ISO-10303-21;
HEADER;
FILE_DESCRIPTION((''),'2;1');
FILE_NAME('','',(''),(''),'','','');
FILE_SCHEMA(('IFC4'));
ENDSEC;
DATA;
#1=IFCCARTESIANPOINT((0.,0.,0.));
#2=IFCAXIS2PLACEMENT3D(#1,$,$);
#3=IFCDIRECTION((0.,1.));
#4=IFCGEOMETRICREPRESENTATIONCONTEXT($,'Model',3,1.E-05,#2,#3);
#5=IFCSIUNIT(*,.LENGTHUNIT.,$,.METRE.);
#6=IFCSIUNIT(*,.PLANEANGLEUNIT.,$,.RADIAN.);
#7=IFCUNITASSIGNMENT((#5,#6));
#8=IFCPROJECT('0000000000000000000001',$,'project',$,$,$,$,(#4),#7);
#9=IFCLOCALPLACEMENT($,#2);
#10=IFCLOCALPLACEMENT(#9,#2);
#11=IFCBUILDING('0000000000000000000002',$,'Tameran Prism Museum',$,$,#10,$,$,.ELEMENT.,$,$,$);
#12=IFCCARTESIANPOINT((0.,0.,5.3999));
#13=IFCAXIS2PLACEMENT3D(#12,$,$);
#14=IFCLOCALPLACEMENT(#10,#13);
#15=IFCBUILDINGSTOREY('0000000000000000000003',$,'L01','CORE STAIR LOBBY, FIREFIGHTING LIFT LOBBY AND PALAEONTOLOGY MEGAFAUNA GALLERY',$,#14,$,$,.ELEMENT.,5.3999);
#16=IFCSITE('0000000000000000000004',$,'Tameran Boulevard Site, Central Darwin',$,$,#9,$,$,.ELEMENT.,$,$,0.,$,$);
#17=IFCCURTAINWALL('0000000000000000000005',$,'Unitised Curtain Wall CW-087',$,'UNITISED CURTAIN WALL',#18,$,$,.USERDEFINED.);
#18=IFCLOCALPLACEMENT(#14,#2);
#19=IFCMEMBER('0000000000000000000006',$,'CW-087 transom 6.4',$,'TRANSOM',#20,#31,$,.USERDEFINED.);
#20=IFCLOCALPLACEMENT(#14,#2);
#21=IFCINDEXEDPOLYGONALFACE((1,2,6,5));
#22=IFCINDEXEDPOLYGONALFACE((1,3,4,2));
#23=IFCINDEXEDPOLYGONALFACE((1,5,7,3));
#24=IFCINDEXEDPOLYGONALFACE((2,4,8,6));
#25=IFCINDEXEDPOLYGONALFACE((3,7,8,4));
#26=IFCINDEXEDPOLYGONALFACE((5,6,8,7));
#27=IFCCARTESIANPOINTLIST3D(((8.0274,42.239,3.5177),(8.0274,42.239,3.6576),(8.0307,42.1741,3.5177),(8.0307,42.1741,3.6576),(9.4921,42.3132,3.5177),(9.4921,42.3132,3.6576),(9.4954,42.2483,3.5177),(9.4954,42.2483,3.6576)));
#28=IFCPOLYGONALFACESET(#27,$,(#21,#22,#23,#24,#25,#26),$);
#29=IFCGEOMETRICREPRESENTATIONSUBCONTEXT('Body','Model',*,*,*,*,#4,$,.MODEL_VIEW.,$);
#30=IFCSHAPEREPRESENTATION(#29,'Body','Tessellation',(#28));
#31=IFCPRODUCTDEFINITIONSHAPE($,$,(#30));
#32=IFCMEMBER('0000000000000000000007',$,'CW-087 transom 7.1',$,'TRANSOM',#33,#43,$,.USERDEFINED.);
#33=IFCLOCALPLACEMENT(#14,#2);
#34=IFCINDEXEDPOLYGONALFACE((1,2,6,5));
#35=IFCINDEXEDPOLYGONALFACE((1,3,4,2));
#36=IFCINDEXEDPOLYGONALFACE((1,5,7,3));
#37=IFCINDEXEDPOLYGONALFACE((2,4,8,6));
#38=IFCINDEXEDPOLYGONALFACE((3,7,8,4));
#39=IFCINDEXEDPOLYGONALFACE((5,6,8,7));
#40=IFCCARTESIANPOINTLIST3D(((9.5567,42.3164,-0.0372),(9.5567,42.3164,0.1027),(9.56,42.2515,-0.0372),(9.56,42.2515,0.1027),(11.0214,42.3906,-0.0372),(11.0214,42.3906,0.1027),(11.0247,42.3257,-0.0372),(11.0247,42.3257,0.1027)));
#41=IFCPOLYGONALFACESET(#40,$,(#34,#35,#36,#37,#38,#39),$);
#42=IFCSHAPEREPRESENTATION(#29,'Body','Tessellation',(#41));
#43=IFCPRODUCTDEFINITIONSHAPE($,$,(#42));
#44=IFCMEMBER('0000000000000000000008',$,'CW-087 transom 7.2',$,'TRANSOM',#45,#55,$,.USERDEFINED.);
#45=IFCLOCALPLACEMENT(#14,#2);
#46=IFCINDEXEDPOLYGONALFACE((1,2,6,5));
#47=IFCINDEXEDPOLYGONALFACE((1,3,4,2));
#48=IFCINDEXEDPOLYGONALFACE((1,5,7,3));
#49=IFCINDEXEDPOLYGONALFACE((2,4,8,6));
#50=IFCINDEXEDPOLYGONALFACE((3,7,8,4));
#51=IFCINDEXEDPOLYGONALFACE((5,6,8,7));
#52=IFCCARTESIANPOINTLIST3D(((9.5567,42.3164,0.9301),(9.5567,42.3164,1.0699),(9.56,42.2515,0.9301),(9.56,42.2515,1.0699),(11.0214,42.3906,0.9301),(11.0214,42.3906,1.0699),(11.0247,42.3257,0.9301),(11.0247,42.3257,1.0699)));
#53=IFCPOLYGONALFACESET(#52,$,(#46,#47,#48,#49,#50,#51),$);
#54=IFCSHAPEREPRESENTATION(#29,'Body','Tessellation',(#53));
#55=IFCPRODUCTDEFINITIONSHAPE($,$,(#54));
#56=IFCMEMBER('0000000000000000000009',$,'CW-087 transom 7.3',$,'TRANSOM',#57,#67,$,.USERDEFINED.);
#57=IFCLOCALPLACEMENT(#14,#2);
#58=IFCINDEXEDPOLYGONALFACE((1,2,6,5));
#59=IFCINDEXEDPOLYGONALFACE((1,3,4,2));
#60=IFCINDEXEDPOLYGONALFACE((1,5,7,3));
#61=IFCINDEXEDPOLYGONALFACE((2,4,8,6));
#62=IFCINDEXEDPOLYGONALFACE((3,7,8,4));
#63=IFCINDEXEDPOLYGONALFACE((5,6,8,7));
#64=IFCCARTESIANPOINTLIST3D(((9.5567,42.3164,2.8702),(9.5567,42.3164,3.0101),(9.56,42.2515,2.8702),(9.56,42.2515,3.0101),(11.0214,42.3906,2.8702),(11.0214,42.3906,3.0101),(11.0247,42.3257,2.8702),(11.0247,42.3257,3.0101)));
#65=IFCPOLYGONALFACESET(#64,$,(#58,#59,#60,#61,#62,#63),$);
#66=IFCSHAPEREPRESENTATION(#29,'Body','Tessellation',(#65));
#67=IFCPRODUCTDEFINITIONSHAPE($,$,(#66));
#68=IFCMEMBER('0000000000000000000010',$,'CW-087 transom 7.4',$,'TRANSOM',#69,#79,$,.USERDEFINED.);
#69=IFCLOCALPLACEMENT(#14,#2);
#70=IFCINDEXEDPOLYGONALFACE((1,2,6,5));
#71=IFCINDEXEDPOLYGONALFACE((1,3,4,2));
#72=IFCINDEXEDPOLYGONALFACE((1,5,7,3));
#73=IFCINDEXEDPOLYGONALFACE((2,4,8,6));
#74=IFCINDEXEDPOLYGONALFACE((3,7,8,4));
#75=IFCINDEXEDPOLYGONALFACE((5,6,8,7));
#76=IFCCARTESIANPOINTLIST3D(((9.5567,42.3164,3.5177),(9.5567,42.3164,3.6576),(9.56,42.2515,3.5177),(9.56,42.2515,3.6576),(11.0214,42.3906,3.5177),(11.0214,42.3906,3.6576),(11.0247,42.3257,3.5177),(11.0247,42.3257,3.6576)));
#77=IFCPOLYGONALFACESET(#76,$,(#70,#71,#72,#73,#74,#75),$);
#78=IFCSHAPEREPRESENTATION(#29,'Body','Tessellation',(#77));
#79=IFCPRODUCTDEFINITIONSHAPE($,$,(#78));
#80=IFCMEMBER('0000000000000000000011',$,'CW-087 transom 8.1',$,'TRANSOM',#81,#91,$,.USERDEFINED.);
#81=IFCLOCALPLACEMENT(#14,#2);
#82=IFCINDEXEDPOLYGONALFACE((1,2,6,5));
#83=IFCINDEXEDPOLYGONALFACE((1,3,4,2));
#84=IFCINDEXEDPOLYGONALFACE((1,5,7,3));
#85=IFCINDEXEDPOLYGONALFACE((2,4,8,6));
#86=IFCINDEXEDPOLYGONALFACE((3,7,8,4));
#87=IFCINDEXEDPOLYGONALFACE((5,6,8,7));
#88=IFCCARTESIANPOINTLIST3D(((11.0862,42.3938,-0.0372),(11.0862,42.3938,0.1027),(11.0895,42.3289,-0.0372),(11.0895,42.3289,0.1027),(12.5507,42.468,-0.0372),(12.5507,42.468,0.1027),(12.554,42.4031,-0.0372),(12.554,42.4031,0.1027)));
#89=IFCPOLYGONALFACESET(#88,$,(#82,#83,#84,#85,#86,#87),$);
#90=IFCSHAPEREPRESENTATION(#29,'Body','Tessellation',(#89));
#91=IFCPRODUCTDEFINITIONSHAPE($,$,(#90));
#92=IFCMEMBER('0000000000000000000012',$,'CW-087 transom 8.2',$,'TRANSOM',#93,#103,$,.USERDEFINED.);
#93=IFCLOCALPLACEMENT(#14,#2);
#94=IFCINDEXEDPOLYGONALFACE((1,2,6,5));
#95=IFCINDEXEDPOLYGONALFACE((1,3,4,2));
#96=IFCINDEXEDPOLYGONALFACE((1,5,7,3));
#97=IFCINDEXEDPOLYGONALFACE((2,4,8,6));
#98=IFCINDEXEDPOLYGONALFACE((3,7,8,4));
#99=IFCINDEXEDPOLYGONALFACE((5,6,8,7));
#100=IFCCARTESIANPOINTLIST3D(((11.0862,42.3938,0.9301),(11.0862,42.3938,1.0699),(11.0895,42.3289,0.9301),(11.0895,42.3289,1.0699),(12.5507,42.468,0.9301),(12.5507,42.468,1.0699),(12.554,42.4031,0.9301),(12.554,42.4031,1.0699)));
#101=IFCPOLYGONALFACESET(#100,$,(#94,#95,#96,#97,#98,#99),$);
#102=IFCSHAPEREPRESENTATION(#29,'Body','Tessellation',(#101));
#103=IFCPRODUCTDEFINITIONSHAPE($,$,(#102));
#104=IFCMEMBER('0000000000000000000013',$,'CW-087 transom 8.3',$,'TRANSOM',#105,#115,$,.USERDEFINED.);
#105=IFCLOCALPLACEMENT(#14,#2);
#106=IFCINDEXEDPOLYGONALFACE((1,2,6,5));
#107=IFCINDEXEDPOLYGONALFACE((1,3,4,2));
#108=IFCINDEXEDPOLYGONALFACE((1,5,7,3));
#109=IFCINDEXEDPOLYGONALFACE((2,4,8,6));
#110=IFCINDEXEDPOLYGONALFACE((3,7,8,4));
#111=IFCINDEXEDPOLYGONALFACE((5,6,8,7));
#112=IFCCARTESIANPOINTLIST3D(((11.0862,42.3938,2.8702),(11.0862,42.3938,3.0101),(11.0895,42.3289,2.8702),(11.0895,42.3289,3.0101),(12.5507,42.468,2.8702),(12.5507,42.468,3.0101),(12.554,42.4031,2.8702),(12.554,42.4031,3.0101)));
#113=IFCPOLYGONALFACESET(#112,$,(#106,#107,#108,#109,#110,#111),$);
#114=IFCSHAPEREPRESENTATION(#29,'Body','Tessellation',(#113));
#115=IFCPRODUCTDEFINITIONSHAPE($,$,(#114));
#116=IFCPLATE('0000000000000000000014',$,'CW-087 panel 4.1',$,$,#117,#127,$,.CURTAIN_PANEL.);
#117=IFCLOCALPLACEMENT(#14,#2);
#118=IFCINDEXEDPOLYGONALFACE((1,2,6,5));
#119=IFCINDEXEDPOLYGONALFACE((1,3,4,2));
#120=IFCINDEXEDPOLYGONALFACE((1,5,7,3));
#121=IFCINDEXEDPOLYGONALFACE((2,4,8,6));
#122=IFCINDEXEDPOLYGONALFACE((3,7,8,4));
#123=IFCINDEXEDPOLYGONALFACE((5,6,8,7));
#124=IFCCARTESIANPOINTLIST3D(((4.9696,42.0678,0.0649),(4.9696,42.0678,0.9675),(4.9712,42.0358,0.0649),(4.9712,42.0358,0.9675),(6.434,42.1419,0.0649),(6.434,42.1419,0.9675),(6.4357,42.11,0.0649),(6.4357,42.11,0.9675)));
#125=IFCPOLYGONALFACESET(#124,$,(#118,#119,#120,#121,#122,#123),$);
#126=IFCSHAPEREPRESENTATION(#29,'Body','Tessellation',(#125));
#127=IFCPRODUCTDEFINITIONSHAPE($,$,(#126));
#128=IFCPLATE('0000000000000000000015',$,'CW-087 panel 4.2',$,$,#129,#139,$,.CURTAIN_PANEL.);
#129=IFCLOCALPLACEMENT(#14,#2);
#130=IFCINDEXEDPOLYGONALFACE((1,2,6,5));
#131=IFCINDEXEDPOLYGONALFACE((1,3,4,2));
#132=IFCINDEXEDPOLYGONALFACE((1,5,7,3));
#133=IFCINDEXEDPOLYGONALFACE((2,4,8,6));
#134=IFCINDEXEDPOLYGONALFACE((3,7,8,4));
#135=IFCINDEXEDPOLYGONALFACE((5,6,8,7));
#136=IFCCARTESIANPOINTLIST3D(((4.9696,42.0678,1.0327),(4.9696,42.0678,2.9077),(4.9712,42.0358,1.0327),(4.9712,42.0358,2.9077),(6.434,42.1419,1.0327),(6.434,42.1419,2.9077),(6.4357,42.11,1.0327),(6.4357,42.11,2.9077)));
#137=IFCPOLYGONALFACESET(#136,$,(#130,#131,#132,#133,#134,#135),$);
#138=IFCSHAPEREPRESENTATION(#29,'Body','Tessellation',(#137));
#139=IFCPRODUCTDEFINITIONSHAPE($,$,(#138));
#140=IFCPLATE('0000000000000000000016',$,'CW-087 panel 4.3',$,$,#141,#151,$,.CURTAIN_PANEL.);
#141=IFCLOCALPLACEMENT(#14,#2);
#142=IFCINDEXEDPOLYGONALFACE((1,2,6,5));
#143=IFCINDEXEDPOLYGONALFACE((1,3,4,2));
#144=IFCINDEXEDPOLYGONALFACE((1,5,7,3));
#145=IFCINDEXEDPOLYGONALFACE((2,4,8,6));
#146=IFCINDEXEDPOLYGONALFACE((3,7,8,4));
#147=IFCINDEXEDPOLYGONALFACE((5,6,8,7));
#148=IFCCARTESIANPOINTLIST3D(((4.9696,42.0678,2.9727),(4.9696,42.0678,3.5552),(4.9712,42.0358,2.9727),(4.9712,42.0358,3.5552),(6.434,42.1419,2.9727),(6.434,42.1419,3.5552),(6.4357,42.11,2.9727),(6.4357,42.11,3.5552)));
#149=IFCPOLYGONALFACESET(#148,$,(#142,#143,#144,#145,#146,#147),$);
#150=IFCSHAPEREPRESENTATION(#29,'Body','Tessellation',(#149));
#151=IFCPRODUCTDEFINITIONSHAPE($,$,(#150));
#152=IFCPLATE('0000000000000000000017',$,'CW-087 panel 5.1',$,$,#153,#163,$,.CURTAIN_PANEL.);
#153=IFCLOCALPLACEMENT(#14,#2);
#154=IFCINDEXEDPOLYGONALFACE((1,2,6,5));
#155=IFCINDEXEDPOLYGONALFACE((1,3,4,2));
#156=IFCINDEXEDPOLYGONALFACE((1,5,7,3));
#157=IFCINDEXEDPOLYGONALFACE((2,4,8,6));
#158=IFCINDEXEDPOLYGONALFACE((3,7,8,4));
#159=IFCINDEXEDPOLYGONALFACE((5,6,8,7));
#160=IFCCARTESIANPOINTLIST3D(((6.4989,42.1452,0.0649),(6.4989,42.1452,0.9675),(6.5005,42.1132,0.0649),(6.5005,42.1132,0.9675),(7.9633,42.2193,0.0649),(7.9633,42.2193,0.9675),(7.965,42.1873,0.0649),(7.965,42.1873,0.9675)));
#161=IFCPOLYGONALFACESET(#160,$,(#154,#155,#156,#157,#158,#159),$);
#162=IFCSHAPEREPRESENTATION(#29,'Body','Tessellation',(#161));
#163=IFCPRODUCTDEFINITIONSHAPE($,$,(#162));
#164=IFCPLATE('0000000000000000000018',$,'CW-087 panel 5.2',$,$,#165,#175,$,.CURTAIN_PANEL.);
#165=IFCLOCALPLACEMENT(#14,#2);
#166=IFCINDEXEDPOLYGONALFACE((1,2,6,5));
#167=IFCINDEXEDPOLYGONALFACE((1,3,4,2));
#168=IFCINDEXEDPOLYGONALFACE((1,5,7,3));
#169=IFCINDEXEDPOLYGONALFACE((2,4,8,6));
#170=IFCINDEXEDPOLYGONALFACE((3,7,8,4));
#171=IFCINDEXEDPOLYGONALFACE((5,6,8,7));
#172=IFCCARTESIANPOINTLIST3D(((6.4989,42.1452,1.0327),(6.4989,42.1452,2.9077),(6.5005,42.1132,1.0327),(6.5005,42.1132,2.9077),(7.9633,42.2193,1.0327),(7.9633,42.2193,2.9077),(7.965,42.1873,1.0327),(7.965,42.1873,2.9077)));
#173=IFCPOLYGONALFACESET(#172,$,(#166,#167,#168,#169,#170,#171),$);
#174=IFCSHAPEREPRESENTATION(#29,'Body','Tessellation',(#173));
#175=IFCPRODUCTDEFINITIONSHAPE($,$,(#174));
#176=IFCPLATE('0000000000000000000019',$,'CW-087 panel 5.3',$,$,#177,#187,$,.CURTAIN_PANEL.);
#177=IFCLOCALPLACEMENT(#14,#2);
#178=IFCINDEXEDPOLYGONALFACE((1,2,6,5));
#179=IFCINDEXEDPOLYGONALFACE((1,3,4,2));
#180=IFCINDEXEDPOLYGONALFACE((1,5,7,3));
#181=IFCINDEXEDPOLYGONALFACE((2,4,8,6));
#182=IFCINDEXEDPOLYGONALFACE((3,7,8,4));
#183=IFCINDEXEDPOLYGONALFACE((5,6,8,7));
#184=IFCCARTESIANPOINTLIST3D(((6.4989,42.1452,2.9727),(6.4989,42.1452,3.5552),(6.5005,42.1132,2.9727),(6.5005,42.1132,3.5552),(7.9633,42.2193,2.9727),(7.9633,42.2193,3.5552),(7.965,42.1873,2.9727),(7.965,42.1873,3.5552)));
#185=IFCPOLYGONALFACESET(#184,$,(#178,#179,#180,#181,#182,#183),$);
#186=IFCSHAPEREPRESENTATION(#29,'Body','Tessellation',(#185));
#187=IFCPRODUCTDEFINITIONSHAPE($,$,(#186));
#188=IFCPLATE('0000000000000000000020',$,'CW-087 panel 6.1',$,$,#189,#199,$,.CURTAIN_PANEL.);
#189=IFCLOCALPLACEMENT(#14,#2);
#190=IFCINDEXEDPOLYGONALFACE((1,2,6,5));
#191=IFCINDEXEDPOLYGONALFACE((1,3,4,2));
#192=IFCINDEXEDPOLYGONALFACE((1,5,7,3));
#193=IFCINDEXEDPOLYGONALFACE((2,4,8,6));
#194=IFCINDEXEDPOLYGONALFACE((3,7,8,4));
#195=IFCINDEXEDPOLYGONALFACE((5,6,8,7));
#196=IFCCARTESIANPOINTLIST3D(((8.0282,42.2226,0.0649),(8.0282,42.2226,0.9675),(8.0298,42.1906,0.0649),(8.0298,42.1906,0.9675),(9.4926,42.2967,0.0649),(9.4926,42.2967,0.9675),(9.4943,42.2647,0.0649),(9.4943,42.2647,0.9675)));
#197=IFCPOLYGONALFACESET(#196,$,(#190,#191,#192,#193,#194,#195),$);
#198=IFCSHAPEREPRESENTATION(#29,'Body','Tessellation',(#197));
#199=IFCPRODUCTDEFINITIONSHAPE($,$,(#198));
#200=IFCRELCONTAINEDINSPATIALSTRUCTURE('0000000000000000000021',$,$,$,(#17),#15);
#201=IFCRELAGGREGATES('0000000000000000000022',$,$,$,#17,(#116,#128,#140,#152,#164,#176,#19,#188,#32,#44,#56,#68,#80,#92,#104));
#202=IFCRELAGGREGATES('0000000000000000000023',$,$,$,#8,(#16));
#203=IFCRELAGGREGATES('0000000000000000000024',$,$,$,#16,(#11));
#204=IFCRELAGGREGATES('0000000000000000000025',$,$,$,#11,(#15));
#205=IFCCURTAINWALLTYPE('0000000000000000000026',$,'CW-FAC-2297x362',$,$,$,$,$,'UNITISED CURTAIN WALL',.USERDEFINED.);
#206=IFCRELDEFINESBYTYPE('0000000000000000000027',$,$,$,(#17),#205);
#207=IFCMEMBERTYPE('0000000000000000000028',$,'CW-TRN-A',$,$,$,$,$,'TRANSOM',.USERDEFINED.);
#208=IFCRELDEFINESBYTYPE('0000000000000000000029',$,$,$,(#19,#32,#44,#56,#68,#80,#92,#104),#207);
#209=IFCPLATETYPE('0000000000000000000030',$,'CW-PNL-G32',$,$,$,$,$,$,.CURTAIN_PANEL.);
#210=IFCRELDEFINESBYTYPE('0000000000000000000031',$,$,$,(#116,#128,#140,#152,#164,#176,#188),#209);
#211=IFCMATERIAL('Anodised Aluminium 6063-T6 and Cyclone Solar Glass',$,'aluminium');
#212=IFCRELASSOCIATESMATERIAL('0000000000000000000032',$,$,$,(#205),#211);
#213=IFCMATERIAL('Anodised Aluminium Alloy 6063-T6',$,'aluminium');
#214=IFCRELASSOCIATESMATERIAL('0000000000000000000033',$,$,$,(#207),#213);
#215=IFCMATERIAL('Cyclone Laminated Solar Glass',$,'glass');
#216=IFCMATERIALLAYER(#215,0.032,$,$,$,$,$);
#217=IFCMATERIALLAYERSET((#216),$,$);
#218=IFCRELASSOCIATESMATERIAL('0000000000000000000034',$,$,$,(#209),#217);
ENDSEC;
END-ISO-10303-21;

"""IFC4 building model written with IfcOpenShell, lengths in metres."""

from ifc_helpers import new_model, si_unit, direction, frame, origin, origin_2d, place, context, subcontext, project, spatial, rectangle, extrude, material, layer, layer_set, material_profile, profile_set, type_object, element, aggregate, save


model = new_model("IFC4")

# Units and contexts
model_context = context("Model", 3, precision=1e-05, world=origin(), true_north=direction((0.0, 1.0)))
body_context = subcontext(model_context, "Body", "Model", "MODEL_VIEW")
ifc_project = project(units=[si_unit("LENGTHUNIT", "METRE"), si_unit("PLANEANGLEUNIT", "RADIAN")], contexts=[model_context])

# Site, building, storey
site_placement = place(None, origin())
site = spatial("IfcSite", under=ifc_project, at=site_placement, Name="Tameran Boulevard Site, Central Darwin", CompositionType="ELEMENT", RefElevation=0.0)
building_placement = place(site_placement, origin())
building = spatial("IfcBuilding", under=site, at=building_placement, Name="Tameran Prism Museum", CompositionType="ELEMENT")
storey_placement = place(building_placement, frame((0.0, 0.0, 5.3999)))
storey = spatial("IfcBuildingStorey", under=building, at=storey_placement, Name="L01", Description="CORE STAIR LOBBY, FIREFIGHTING LIFT LOBBY AND PALAEONTOLOGY MEGAFAUNA GALLERY", CompositionType="ELEMENT", Elevation=5.3999)

# Curtain wall, members, plates
ifc_material_1 = material(Name="Anodised Aluminium 6063-T6 and Cyclone Solar Glass", Category="aluminium")
curtain_wall_type = type_object("IfcCurtainWallType", Name="CW-FAC-2297x362", ElementType="UNITISED CURTAIN WALL", PredefinedType="USERDEFINED", material=ifc_material_1)
curtain_wall_placement = place(storey_placement, origin())
curtain_wall = element("IfcCurtainWall", 1, at=curtain_wall_placement, inside=storey, type_object=curtain_wall_type, Name="Unitised Curtain Wall CW-087", ObjectType="UNITISED CURTAIN WALL", PredefinedType="USERDEFINED")
ifc_material_2 = material(Name="Anodised Aluminium Alloy 6063-T6", Category="aluminium")
ifc_material_profile_1 = material_profile(ifc_material_2, rectangle(XDim=0.0649, YDim=0.1399, at=origin_2d()))
ifc_profile_set_1 = profile_set([ifc_material_profile_1])
member_type_1 = type_object("IfcMemberType", Name="CW-TRN-A", ElementType="TRANSOM", PredefinedType="USERDEFINED", material=ifc_profile_set_1)
member_1_placement = place(storey_placement, frame((8.0291, 42.2065, 3.5876), z_axis=(0.998718, 0.05061, 0.0), x_axis=(-0.05061, 0.998718, 0.0)))
member_1 = element("IfcMember", 2, at=member_1_placement, type_object=member_type_1, Name="CW-087 transom 6.4", ObjectType="TRANSOM", PredefinedType="USERDEFINED", context=body_context, shape_type="SweptSolid", body=[
    extrude(rectangle(XDim=0.0649, YDim=0.1399, at=origin_2d()), origin(), (0.0, 0.0, 1.0), 1.4666),
])
member_2_placement = place(storey_placement, frame((9.5583, 42.2839, 0.0327), z_axis=(0.998718, 0.05061, 0.0), x_axis=(-0.05061, 0.998718, 0.0)))
member_2 = element("IfcMember", 3, at=member_2_placement, type_object=member_type_1, Name="CW-087 transom 7.1", ObjectType="TRANSOM", PredefinedType="USERDEFINED", context=body_context, shape_type="SweptSolid", body=[
    extrude(rectangle(XDim=0.0649, YDim=0.1399, at=origin_2d()), origin(), (0.0, 0.0, 1.0), 1.4666),
])
member_3_placement = place(storey_placement, frame((9.5583, 42.2839, 1.0), z_axis=(0.998718, 0.05061, 0.0), x_axis=(-0.05061, 0.998718, 0.0)))
member_3 = element("IfcMember", 4, at=member_3_placement, type_object=member_type_1, Name="CW-087 transom 7.2", ObjectType="TRANSOM", PredefinedType="USERDEFINED", context=body_context, shape_type="SweptSolid", body=[
    extrude(rectangle(XDim=0.0649, YDim=0.1399, at=origin_2d()), origin(), (0.0, 0.0, 1.0), 1.4666),
])
member_4_placement = place(storey_placement, frame((9.5583, 42.2839, 2.9402), z_axis=(0.998718, 0.05061, 0.0), x_axis=(-0.05061, 0.998718, 0.0)))
member_4 = element("IfcMember", 5, at=member_4_placement, type_object=member_type_1, Name="CW-087 transom 7.3", ObjectType="TRANSOM", PredefinedType="USERDEFINED", context=body_context, shape_type="SweptSolid", body=[
    extrude(rectangle(XDim=0.0649, YDim=0.1399, at=origin_2d()), origin(), (0.0, 0.0, 1.0), 1.4666),
])
member_5_placement = place(storey_placement, frame((9.5583, 42.2839, 3.5876), z_axis=(0.998718, 0.05061, 0.0), x_axis=(-0.05061, 0.998718, 0.0)))
member_5 = element("IfcMember", 6, at=member_5_placement, type_object=member_type_1, Name="CW-087 transom 7.4", ObjectType="TRANSOM", PredefinedType="USERDEFINED", context=body_context, shape_type="SweptSolid", body=[
    extrude(rectangle(XDim=0.0649, YDim=0.1399, at=origin_2d()), origin(), (0.0, 0.0, 1.0), 1.4666),
])
member_6_placement = place(storey_placement, frame((11.0879, 42.3613, 0.0327), z_axis=(0.998718, 0.050619, 0.0), x_axis=(-0.050619, 0.998718, 0.0)))
member_6 = element("IfcMember", 7, at=member_6_placement, type_object=member_type_1, Name="CW-087 transom 8.1", ObjectType="TRANSOM", PredefinedType="USERDEFINED", context=body_context, shape_type="SweptSolid", body=[
    extrude(rectangle(XDim=0.0649, YDim=0.1399, at=origin_2d()), origin(), (0.0, 0.0, 1.0), 1.4663),
])
member_7_placement = place(storey_placement, frame((11.0879, 42.3613, 1.0), z_axis=(0.998718, 0.050619, 0.0), x_axis=(-0.050619, 0.998718, 0.0)))
member_7 = element("IfcMember", 8, at=member_7_placement, type_object=member_type_1, Name="CW-087 transom 8.2", ObjectType="TRANSOM", PredefinedType="USERDEFINED", context=body_context, shape_type="SweptSolid", body=[
    extrude(rectangle(XDim=0.0649, YDim=0.1399, at=origin_2d()), origin(), (0.0, 0.0, 1.0), 1.4663),
])
member_8_placement = place(storey_placement, frame((11.0879, 42.3613, 2.9402), z_axis=(0.998718, 0.050619, 0.0), x_axis=(-0.050619, 0.998718, 0.0)))
member_8 = element("IfcMember", 9, at=member_8_placement, type_object=member_type_1, Name="CW-087 transom 8.3", ObjectType="TRANSOM", PredefinedType="USERDEFINED", context=body_context, shape_type="SweptSolid", body=[
    extrude(rectangle(XDim=0.0649, YDim=0.1399, at=origin_2d()), origin(), (0.0, 0.0, 1.0), 1.4663),
])
ifc_material_3 = material(Name="Cyclone Laminated Solar Glass", Category="glass")
ifc_layer = layer(ifc_material_3, 0.032)
ifc_layer_set = layer_set([ifc_layer])
plate_type = type_object("IfcPlateType", Name="CW-PNL-G32", PredefinedType="CURTAIN_PANEL", material=ifc_layer_set)
plate_1_placement = place(storey_placement, frame((5.7026, 42.0889, 0.0649), z_axis=(0.0, 0.0, 1.0), x_axis=(0.998722, 0.050546, 0.0)))
plate_1 = element("IfcPlate", 10, at=plate_1_placement, type_object=plate_type, Name="CW-087 panel 4.1", PredefinedType="CURTAIN_PANEL", context=body_context, shape_type="SweptSolid", body=[
    extrude(rectangle(XDim=1.4663, YDim=0.032, at=origin_2d()), origin(), (0.0, 0.0, 1.0), 0.9026),
])
plate_2_placement = place(storey_placement, frame((5.7026, 42.0889, 1.0327), z_axis=(0.0, 0.0, 1.0), x_axis=(0.998722, 0.050546, 0.0)))
plate_2 = element("IfcPlate", 11, at=plate_2_placement, type_object=plate_type, Name="CW-087 panel 4.2", PredefinedType="CURTAIN_PANEL", context=body_context, shape_type="SweptSolid", body=[
    extrude(rectangle(XDim=1.4663, YDim=0.032, at=origin_2d()), origin(), (0.0, 0.0, 1.0), 1.875),
])
plate_3_placement = place(storey_placement, frame((5.7026, 42.0889, 2.9727), z_axis=(0.0, 0.0, 1.0), x_axis=(0.998722, 0.050546, 0.0)))
plate_3 = element("IfcPlate", 12, at=plate_3_placement, type_object=plate_type, Name="CW-087 panel 4.3", PredefinedType="CURTAIN_PANEL", context=body_context, shape_type="SweptSolid", body=[
    extrude(rectangle(XDim=1.4663, YDim=0.032, at=origin_2d()), origin(), (0.0, 0.0, 1.0), 0.5825),
])
plate_4_placement = place(storey_placement, frame((7.2319, 42.1663, 0.0649), z_axis=(0.0, 0.0, 1.0), x_axis=(0.998722, 0.050546, 0.0)))
plate_4 = element("IfcPlate", 13, at=plate_4_placement, type_object=plate_type, Name="CW-087 panel 5.1", PredefinedType="CURTAIN_PANEL", context=body_context, shape_type="SweptSolid", body=[
    extrude(rectangle(XDim=1.4663, YDim=0.032, at=origin_2d()), origin(), (0.0, 0.0, 1.0), 0.9026),
])
plate_5_placement = place(storey_placement, frame((7.2319, 42.1663, 1.0327), z_axis=(0.0, 0.0, 1.0), x_axis=(0.998722, 0.050546, 0.0)))
plate_5 = element("IfcPlate", 14, at=plate_5_placement, type_object=plate_type, Name="CW-087 panel 5.2", PredefinedType="CURTAIN_PANEL", context=body_context, shape_type="SweptSolid", body=[
    extrude(rectangle(XDim=1.4663, YDim=0.032, at=origin_2d()), origin(), (0.0, 0.0, 1.0), 1.875),
])
plate_6_placement = place(storey_placement, frame((7.2319, 42.1663, 2.9727), z_axis=(0.0, 0.0, 1.0), x_axis=(0.998722, 0.050546, 0.0)))
plate_6 = element("IfcPlate", 15, at=plate_6_placement, type_object=plate_type, Name="CW-087 panel 5.3", PredefinedType="CURTAIN_PANEL", context=body_context, shape_type="SweptSolid", body=[
    extrude(rectangle(XDim=1.4663, YDim=0.032, at=origin_2d()), origin(), (0.0, 0.0, 1.0), 0.5825),
])
plate_7_placement = place(storey_placement, frame((8.7612, 42.2437, 0.0649), z_axis=(0.0, 0.0, 1.0), x_axis=(0.998722, 0.050546, 0.0)))
plate_7 = element("IfcPlate", 16, at=plate_7_placement, type_object=plate_type, Name="CW-087 panel 6.1", PredefinedType="CURTAIN_PANEL", context=body_context, shape_type="SweptSolid", body=[
    extrude(rectangle(XDim=1.4663, YDim=0.032, at=origin_2d()), origin(), (0.0, 0.0, 1.0), 0.9026),
])
aggregate(curtain_wall, [plate_1, plate_2, plate_3, plate_4, plate_5, plate_6, member_1, plate_7, member_2, member_3, member_4, member_5, member_6, member_7, member_8])

save(model, "model.ifc")
